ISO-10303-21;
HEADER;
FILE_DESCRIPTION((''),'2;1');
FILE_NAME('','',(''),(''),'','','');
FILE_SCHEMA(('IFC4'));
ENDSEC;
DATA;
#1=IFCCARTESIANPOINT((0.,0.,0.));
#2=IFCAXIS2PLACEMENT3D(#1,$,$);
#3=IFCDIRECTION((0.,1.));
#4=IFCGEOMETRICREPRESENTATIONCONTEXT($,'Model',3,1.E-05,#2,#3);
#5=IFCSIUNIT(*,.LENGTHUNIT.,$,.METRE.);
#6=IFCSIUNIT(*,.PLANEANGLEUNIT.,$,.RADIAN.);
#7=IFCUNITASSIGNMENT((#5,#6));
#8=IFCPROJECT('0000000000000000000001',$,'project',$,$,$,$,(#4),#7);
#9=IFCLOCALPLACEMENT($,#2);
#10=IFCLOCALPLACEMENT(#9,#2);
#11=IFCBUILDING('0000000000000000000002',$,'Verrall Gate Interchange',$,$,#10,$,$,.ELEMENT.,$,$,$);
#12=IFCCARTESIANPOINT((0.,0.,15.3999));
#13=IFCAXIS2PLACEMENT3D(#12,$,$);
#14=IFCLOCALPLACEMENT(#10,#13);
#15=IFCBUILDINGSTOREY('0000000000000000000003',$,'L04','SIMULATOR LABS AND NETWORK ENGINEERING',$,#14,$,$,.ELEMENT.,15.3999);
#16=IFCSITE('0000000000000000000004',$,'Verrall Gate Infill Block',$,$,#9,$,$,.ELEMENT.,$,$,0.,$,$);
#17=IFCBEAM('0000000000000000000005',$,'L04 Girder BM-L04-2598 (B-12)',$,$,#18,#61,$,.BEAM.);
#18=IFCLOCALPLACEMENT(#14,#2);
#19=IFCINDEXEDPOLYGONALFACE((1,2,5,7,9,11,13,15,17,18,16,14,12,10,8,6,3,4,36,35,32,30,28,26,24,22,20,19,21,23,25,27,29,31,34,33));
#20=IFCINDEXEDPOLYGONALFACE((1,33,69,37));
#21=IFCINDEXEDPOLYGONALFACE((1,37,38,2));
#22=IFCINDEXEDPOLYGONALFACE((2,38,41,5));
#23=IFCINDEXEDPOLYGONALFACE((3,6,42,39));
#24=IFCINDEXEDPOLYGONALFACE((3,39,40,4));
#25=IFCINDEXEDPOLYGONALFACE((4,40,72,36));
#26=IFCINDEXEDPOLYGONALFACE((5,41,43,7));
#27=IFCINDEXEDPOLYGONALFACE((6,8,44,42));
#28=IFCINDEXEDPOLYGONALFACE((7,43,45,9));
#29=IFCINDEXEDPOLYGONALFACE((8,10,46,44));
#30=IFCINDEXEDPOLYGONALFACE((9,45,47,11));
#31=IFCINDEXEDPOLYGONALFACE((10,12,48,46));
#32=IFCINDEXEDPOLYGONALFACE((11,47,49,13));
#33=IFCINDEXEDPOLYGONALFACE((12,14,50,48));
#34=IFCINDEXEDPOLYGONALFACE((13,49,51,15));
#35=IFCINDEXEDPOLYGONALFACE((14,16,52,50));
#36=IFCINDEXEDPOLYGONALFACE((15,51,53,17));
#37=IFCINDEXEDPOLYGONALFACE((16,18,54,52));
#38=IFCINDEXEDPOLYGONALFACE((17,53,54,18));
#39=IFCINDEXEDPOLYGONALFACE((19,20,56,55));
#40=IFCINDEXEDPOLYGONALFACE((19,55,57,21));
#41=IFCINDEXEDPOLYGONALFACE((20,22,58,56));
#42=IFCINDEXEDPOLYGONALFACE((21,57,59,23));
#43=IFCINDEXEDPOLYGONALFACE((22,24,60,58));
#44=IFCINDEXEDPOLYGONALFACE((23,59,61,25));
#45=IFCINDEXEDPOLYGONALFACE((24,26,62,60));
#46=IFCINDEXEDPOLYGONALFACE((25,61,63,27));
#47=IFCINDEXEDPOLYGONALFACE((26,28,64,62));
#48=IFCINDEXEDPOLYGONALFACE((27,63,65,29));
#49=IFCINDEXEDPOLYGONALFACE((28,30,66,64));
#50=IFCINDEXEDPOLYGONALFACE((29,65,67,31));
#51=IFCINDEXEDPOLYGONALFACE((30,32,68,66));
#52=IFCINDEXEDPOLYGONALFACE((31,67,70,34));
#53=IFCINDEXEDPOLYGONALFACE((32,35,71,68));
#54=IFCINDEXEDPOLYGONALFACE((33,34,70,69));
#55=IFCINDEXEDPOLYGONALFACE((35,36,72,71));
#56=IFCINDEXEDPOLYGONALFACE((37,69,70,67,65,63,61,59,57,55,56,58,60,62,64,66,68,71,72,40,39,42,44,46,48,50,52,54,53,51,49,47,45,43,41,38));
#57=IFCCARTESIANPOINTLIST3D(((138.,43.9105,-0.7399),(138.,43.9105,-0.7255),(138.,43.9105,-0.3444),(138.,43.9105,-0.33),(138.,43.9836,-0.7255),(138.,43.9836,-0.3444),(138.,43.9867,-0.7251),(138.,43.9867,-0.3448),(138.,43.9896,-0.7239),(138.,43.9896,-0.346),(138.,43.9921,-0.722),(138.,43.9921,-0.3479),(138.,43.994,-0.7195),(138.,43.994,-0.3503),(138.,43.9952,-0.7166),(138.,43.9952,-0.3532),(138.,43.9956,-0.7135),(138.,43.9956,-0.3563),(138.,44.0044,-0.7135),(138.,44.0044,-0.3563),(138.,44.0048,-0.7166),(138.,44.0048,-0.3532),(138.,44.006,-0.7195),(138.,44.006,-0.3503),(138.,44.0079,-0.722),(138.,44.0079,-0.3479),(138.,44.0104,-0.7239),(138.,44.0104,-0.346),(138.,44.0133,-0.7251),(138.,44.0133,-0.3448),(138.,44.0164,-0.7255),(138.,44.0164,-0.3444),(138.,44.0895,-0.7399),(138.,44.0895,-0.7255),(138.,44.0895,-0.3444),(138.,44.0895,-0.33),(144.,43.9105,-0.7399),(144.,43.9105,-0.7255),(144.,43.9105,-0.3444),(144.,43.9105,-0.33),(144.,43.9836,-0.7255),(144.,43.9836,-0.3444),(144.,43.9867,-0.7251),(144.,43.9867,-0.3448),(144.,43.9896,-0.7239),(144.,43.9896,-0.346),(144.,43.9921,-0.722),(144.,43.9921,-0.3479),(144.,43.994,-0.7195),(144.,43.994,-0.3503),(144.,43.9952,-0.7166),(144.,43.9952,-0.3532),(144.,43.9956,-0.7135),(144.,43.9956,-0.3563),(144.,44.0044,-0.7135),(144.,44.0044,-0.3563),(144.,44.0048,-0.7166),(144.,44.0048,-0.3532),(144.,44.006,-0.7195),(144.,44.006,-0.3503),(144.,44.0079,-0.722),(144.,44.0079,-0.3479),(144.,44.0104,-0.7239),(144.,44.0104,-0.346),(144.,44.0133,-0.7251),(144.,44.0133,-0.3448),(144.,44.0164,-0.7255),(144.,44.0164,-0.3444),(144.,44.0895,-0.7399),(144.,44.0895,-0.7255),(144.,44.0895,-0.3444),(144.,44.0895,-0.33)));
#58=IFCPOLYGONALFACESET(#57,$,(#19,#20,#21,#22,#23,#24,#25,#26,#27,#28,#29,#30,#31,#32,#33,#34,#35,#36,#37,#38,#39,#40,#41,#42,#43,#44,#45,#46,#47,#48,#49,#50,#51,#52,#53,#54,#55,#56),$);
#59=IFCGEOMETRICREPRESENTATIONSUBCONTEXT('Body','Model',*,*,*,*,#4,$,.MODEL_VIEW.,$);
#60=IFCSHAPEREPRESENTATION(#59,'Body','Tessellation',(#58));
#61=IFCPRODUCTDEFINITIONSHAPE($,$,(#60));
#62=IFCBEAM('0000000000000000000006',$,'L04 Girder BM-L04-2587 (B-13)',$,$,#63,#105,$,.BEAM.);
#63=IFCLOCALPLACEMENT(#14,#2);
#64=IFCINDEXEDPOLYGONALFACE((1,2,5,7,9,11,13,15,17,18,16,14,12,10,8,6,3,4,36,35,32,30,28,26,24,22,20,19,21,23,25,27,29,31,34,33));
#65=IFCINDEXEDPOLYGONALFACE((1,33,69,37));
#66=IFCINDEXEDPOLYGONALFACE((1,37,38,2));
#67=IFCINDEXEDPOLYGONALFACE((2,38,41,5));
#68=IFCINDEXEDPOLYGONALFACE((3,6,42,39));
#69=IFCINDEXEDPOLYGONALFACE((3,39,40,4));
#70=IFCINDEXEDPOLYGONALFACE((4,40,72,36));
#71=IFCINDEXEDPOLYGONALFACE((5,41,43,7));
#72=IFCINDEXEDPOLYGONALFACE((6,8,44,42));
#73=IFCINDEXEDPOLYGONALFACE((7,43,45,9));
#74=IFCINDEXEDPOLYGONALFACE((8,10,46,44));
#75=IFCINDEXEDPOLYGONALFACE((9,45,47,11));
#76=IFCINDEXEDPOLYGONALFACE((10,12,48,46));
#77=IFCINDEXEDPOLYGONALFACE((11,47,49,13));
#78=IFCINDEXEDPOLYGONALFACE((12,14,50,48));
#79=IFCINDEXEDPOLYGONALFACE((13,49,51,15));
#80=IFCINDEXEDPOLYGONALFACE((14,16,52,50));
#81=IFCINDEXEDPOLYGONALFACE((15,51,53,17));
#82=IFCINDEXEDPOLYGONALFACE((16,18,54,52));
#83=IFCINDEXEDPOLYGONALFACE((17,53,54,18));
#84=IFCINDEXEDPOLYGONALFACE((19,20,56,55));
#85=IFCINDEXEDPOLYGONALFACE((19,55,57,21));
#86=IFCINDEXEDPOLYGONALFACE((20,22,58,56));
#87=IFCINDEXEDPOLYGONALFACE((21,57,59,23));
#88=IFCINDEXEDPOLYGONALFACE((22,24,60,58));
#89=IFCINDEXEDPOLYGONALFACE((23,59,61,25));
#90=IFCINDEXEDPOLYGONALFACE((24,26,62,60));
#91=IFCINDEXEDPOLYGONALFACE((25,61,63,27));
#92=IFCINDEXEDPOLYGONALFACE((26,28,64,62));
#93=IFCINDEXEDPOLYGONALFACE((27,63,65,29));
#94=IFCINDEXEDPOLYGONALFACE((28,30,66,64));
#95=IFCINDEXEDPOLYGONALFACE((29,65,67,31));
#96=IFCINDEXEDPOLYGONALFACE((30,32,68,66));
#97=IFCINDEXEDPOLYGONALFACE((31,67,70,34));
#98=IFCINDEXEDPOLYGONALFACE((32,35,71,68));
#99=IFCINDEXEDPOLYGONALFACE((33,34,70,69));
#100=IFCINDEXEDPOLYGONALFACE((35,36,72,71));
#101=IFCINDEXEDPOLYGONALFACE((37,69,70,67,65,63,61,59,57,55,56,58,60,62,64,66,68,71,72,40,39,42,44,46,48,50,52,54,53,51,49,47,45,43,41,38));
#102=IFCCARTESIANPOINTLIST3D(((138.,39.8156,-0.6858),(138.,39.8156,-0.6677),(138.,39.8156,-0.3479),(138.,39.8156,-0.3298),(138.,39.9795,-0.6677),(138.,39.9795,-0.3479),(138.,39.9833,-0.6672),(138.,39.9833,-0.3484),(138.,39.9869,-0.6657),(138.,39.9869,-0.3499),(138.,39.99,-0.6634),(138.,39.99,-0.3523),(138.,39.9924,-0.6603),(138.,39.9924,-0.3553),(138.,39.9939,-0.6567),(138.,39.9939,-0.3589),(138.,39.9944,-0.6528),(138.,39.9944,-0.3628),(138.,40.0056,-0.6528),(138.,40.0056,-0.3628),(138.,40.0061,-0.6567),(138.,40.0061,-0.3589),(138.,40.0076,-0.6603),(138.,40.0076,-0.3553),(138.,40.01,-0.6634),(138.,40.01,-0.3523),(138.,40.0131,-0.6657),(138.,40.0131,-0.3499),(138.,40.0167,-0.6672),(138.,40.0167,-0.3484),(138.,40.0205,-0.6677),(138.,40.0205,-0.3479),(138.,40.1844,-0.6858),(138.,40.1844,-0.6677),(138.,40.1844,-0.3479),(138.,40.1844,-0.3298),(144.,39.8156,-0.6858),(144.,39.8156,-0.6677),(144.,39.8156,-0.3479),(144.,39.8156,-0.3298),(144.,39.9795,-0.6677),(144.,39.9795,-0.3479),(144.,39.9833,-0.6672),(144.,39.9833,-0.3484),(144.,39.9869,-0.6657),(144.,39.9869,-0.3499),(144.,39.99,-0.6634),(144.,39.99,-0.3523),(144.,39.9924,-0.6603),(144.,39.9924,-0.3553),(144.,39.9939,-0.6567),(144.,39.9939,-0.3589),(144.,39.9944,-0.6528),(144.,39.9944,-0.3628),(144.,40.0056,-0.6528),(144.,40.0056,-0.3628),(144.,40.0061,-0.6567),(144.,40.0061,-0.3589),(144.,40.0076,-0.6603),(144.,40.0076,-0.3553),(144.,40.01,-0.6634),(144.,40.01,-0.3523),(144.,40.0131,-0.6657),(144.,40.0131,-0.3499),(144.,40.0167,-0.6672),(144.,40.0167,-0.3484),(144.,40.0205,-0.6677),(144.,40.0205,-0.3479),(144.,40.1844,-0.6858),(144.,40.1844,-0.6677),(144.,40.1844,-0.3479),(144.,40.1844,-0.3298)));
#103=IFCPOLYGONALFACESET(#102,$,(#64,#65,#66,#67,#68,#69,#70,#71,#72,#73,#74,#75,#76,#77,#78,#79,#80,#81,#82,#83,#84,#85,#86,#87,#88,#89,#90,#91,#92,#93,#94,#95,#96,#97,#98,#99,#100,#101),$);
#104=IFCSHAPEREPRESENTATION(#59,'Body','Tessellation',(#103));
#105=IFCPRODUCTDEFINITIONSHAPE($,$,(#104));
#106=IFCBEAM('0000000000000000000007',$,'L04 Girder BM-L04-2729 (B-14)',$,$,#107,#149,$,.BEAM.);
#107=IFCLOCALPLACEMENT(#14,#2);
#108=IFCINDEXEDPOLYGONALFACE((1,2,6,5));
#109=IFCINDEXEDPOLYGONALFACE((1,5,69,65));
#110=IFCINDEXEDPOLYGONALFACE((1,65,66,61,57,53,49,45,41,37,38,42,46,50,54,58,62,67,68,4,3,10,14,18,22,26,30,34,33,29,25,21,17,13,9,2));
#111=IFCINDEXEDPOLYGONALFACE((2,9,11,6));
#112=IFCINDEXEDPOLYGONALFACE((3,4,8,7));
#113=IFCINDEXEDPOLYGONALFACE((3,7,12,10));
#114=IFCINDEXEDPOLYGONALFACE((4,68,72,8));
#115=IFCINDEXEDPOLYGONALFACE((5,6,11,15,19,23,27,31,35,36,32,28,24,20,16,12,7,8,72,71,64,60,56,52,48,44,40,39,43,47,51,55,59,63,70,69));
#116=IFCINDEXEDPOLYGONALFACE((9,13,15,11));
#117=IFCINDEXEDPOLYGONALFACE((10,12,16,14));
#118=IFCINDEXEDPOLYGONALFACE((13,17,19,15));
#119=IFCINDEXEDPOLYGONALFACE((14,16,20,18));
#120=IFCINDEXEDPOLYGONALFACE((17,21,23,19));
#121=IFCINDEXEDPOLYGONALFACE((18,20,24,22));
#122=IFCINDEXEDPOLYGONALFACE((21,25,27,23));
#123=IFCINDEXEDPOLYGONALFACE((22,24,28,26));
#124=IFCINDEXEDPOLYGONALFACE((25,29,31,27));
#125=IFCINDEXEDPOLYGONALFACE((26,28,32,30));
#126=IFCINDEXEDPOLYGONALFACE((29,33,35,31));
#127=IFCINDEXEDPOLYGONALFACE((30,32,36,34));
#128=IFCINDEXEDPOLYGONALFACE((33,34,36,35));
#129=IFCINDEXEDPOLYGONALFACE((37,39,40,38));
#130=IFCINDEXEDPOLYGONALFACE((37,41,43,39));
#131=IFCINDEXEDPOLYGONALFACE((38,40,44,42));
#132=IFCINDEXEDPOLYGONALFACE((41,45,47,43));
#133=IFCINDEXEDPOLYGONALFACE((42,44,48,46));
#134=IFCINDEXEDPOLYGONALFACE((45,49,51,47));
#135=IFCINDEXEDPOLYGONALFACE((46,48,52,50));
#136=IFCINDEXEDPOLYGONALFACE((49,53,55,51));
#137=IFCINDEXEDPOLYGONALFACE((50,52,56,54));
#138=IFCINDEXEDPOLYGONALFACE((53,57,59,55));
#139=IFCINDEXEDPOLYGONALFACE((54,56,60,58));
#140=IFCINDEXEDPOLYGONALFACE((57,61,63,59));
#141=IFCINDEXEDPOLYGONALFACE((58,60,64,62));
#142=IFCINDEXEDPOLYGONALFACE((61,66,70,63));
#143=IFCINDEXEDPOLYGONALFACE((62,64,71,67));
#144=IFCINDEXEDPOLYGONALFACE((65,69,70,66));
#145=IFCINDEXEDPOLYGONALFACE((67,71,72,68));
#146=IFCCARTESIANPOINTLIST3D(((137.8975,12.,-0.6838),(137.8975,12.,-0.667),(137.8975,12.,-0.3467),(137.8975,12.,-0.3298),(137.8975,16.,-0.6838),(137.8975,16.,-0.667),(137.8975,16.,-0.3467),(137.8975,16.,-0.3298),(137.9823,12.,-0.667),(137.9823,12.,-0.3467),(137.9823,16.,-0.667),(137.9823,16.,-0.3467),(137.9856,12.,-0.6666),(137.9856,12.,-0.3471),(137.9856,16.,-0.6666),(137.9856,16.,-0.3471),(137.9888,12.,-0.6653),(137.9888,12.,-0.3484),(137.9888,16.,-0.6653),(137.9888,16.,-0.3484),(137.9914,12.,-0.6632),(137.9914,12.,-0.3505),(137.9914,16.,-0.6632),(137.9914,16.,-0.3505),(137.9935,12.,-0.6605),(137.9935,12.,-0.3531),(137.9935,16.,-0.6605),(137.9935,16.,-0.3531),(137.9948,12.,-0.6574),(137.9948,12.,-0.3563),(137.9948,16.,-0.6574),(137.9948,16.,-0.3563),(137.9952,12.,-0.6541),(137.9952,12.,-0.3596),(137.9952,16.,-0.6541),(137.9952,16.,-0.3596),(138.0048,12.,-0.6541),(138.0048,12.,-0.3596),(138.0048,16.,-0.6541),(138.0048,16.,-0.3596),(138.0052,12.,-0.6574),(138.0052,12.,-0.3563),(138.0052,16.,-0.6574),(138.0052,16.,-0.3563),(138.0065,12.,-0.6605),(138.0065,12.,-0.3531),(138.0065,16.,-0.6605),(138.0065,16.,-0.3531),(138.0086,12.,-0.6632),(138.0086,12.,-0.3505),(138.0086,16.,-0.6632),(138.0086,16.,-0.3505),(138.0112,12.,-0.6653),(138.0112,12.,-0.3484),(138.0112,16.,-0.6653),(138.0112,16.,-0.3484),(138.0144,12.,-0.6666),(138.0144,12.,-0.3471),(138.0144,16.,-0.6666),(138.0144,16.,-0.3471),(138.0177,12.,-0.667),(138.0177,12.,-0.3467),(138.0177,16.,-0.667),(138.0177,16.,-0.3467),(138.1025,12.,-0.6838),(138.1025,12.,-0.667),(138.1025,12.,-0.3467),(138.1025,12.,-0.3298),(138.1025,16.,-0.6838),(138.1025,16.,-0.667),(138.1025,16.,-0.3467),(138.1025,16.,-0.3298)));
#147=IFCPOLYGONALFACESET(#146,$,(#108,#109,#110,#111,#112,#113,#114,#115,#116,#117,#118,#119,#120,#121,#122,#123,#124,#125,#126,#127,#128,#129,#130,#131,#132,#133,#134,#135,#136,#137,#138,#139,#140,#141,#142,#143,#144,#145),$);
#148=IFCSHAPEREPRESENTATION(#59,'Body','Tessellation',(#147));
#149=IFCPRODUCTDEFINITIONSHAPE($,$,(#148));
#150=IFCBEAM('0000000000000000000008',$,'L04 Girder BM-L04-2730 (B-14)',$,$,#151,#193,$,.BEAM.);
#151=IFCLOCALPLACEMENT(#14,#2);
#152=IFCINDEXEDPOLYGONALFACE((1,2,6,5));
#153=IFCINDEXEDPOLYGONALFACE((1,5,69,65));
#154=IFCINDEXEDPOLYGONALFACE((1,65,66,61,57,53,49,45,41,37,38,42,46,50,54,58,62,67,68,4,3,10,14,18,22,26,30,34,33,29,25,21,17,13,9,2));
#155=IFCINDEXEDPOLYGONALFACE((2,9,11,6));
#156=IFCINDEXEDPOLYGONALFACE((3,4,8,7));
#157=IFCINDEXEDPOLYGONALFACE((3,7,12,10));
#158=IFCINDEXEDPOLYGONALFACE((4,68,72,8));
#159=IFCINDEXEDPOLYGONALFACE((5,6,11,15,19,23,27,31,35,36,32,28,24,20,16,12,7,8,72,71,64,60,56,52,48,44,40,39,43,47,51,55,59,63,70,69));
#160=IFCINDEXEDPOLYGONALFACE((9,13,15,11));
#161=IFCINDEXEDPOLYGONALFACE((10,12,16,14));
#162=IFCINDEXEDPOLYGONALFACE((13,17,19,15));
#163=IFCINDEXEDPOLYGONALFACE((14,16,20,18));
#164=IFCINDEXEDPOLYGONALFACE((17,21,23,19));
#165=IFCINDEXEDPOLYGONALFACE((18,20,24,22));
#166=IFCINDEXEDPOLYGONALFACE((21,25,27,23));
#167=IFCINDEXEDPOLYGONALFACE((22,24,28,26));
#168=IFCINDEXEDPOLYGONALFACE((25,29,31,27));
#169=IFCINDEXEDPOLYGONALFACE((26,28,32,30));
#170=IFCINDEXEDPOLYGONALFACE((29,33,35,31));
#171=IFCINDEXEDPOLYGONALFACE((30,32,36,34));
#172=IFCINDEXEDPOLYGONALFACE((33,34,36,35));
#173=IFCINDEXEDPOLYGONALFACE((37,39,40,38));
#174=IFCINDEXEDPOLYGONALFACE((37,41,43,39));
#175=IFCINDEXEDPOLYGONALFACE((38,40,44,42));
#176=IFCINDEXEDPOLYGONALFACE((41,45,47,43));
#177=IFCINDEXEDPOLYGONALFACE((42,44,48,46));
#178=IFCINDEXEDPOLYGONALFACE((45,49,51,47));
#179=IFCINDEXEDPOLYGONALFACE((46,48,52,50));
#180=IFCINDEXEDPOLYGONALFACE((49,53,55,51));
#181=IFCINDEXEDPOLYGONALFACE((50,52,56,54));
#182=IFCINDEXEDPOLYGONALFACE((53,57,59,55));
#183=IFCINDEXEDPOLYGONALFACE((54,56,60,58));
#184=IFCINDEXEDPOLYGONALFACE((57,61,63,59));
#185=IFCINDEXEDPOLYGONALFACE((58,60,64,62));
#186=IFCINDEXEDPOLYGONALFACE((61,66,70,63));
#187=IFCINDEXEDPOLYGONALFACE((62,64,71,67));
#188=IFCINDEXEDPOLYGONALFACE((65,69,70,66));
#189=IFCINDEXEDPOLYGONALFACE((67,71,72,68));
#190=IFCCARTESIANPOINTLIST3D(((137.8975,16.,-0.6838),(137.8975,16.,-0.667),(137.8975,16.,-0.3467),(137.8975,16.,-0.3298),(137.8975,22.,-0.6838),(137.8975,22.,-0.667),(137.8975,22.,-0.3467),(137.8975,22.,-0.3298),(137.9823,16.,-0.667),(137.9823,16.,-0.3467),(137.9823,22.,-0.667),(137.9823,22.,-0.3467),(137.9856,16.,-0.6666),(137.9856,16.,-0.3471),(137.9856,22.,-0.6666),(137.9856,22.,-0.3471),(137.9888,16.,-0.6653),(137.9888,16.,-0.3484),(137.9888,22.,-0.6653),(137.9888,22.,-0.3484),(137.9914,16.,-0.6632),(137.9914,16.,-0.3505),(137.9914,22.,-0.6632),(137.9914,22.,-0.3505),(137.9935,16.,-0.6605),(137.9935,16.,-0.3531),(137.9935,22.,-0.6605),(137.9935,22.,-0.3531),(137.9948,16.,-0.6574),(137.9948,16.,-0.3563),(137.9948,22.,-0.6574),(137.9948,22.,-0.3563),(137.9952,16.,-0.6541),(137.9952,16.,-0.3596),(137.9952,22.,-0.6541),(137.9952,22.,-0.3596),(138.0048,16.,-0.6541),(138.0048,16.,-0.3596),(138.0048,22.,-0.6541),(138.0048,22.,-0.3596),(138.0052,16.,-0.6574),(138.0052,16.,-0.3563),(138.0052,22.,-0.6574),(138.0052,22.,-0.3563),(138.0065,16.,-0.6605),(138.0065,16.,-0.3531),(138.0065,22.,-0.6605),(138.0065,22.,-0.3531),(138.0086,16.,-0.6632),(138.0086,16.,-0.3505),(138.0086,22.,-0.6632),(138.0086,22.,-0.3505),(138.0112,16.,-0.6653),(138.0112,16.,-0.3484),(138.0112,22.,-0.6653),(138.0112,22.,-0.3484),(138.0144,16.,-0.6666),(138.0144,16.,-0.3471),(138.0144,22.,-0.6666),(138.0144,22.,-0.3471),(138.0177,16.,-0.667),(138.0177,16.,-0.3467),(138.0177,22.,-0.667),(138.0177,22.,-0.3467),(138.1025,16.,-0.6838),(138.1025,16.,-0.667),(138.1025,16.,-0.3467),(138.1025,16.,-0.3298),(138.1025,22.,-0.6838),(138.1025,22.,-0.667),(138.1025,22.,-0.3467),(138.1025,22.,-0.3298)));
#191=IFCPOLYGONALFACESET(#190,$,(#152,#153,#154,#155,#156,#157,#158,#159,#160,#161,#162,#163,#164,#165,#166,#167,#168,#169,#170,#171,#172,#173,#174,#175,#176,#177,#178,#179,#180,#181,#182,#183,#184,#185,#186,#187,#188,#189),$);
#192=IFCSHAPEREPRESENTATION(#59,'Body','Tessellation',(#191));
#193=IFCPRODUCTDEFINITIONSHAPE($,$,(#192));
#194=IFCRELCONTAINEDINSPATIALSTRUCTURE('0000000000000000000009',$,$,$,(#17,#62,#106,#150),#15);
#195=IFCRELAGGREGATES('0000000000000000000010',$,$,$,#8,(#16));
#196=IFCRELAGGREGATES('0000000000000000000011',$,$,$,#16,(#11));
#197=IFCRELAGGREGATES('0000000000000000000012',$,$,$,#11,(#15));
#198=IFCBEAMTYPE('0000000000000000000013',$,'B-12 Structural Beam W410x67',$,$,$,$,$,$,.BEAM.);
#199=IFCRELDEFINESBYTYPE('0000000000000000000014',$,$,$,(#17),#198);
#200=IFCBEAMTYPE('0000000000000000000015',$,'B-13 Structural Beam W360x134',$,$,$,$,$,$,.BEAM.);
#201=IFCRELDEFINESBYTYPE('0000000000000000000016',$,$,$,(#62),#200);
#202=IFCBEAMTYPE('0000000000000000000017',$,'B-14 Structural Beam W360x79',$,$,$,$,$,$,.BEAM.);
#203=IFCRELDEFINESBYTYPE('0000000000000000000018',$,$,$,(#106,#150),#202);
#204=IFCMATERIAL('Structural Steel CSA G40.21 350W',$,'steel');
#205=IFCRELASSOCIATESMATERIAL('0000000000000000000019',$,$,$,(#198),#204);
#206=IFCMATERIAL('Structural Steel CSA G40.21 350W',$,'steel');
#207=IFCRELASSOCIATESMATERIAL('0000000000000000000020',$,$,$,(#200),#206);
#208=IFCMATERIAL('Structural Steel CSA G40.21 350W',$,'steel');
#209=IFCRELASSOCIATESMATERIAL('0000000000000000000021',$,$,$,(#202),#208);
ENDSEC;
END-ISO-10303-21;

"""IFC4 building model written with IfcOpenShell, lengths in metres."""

from ifc_helpers import new_model, si_unit, direction, frame, origin, origin_2d, place, context, subcontext, project, spatial, i_section, extrude, material, material_profile, profile_set, type_object, element, save


model = new_model("IFC4")

# Units and contexts
model_context = context("Model", 3, precision=1e-05, world=origin(), true_north=direction((0.0, 1.0)))
body_context = subcontext(model_context, "Body", "Model", "MODEL_VIEW")
ifc_project = project(units=[si_unit("LENGTHUNIT", "METRE"), si_unit("PLANEANGLEUNIT", "RADIAN")], contexts=[model_context])

# Site, building, storey
site_placement = place(None, origin())
site = spatial("IfcSite", under=ifc_project, at=site_placement, Name="Verrall Gate Infill Block", CompositionType="ELEMENT", RefElevation=0.0)
building_placement = place(site_placement, origin())
building = spatial("IfcBuilding", under=site, at=building_placement, Name="Verrall Gate Interchange", CompositionType="ELEMENT")
storey_placement = place(building_placement, frame((0.0, 0.0, 15.3999)))
storey = spatial("IfcBuildingStorey", under=building, at=storey_placement, Name="L04", Description="SIMULATOR LABS AND NETWORK ENGINEERING", CompositionType="ELEMENT", Elevation=15.3999)

# Beams
ifc_material_1 = material(Name="Structural Steel CSA G40.21 350W", Category="steel")
ifc_material_profile_1 = material_profile(ifc_material_1, i_section(OverallWidth=0.179, OverallDepth=0.4099, WebThickness=0.0088, FlangeThickness=0.0144, FilletRadius=0.012, at=origin_2d()), Name="W410x67")
ifc_profile_set_1 = profile_set([ifc_material_profile_1], Name="Structural Steel CSA G40.21 350W")
beam_type_1 = type_object("IfcBeamType", Name="B-12 Structural Beam W410x67", PredefinedType="BEAM", material=ifc_profile_set_1)
beam_1_placement = place(storey_placement, frame((138.0, 44.0, -0.5349), z_axis=(1.0, 0.0, 0.0), x_axis=(0.0, 1.0, 0.0)))
element("IfcBeam", 1, at=beam_1_placement, inside=storey, type_object=beam_type_1, Name="L04 Girder BM-L04-2598 (B-12)", PredefinedType="BEAM", context=body_context, shape_type="SweptSolid", body=[
    extrude(i_section(OverallWidth=0.179, OverallDepth=0.4099, WebThickness=0.0088, FlangeThickness=0.0144, FilletRadius=0.012, at=origin_2d()), origin(), (0.0, 0.0, 1.0), 6.0),
])
ifc_material_2 = material(Name="Structural Steel CSA G40.21 350W", Category="steel")
ifc_material_profile_2 = material_profile(ifc_material_2, i_section(OverallWidth=0.3689, OverallDepth=0.356, WebThickness=0.0112, FlangeThickness=0.0181, FilletRadius=0.0149, at=origin_2d()), Name="W360x134")
ifc_profile_set_2 = profile_set([ifc_material_profile_2], Name="Structural Steel CSA G40.21 350W")
beam_type_2 = type_object("IfcBeamType", Name="B-13 Structural Beam W360x134", PredefinedType="BEAM", material=ifc_profile_set_2)
beam_2_placement = place(storey_placement, frame((138.0, 40.0, -0.5078), z_axis=(1.0, 0.0, 0.0), x_axis=(0.0, 1.0, 0.0)))
element("IfcBeam", 2, at=beam_2_placement, inside=storey, type_object=beam_type_2, Name="L04 Girder BM-L04-2587 (B-13)", PredefinedType="BEAM", context=body_context, shape_type="SweptSolid", body=[
    extrude(i_section(OverallWidth=0.3689, OverallDepth=0.356, WebThickness=0.0112, FlangeThickness=0.0181, FilletRadius=0.0149, at=origin_2d()), origin(), (0.0, 0.0, 1.0), 6.0),
])
ifc_material_3 = material(Name="Structural Steel CSA G40.21 350W", Category="steel")
ifc_material_profile_3 = material_profile(ifc_material_3, i_section(OverallWidth=0.2051, OverallDepth=0.354, WebThickness=0.0095, FlangeThickness=0.0168, FilletRadius=0.0129, at=origin_2d()), Name="W360x79")
ifc_profile_set_3 = profile_set([ifc_material_profile_3], Name="Structural Steel CSA G40.21 350W")
beam_type_3 = type_object("IfcBeamType", Name="B-14 Structural Beam W360x79", PredefinedType="BEAM", material=ifc_profile_set_3)
beam_3_placement = place(storey_placement, frame((138.0, 12.0, -0.5068), z_axis=(0.0, 1.0, 0.0), x_axis=(-1.0, 0.0, 0.0)))
element("IfcBeam", 3, at=beam_3_placement, inside=storey, type_object=beam_type_3, Name="L04 Girder BM-L04-2729 (B-14)", PredefinedType="BEAM", context=body_context, shape_type="SweptSolid", body=[
    extrude(i_section(OverallWidth=0.2051, OverallDepth=0.354, WebThickness=0.0095, FlangeThickness=0.0168, FilletRadius=0.0129, at=origin_2d()), origin(), (0.0, 0.0, 1.0), 4.0),
])
for number, where, z_axis, x_axis, name in (
    (4, (138.0, 16.0, -0.5068), (0.0, 1.0, 0.0), (-1.0, 0.0, 0.0), "L04 Girder BM-L04-2730 (B-14)"),
):
    element("IfcBeam", number, at=place(storey_placement, frame(where, z_axis=z_axis, x_axis=x_axis)), inside=storey, type_object=beam_type_3, Name=name, PredefinedType="BEAM", context=body_context, shape_type="SweptSolid", body=[
        extrude(i_section(OverallWidth=0.2051, OverallDepth=0.354, WebThickness=0.0095, FlangeThickness=0.0168, FilletRadius=0.0129, at=origin_2d()), origin(), (0.0, 0.0, 1.0), 6.0),
    ])

save(model, "model.ifc")
